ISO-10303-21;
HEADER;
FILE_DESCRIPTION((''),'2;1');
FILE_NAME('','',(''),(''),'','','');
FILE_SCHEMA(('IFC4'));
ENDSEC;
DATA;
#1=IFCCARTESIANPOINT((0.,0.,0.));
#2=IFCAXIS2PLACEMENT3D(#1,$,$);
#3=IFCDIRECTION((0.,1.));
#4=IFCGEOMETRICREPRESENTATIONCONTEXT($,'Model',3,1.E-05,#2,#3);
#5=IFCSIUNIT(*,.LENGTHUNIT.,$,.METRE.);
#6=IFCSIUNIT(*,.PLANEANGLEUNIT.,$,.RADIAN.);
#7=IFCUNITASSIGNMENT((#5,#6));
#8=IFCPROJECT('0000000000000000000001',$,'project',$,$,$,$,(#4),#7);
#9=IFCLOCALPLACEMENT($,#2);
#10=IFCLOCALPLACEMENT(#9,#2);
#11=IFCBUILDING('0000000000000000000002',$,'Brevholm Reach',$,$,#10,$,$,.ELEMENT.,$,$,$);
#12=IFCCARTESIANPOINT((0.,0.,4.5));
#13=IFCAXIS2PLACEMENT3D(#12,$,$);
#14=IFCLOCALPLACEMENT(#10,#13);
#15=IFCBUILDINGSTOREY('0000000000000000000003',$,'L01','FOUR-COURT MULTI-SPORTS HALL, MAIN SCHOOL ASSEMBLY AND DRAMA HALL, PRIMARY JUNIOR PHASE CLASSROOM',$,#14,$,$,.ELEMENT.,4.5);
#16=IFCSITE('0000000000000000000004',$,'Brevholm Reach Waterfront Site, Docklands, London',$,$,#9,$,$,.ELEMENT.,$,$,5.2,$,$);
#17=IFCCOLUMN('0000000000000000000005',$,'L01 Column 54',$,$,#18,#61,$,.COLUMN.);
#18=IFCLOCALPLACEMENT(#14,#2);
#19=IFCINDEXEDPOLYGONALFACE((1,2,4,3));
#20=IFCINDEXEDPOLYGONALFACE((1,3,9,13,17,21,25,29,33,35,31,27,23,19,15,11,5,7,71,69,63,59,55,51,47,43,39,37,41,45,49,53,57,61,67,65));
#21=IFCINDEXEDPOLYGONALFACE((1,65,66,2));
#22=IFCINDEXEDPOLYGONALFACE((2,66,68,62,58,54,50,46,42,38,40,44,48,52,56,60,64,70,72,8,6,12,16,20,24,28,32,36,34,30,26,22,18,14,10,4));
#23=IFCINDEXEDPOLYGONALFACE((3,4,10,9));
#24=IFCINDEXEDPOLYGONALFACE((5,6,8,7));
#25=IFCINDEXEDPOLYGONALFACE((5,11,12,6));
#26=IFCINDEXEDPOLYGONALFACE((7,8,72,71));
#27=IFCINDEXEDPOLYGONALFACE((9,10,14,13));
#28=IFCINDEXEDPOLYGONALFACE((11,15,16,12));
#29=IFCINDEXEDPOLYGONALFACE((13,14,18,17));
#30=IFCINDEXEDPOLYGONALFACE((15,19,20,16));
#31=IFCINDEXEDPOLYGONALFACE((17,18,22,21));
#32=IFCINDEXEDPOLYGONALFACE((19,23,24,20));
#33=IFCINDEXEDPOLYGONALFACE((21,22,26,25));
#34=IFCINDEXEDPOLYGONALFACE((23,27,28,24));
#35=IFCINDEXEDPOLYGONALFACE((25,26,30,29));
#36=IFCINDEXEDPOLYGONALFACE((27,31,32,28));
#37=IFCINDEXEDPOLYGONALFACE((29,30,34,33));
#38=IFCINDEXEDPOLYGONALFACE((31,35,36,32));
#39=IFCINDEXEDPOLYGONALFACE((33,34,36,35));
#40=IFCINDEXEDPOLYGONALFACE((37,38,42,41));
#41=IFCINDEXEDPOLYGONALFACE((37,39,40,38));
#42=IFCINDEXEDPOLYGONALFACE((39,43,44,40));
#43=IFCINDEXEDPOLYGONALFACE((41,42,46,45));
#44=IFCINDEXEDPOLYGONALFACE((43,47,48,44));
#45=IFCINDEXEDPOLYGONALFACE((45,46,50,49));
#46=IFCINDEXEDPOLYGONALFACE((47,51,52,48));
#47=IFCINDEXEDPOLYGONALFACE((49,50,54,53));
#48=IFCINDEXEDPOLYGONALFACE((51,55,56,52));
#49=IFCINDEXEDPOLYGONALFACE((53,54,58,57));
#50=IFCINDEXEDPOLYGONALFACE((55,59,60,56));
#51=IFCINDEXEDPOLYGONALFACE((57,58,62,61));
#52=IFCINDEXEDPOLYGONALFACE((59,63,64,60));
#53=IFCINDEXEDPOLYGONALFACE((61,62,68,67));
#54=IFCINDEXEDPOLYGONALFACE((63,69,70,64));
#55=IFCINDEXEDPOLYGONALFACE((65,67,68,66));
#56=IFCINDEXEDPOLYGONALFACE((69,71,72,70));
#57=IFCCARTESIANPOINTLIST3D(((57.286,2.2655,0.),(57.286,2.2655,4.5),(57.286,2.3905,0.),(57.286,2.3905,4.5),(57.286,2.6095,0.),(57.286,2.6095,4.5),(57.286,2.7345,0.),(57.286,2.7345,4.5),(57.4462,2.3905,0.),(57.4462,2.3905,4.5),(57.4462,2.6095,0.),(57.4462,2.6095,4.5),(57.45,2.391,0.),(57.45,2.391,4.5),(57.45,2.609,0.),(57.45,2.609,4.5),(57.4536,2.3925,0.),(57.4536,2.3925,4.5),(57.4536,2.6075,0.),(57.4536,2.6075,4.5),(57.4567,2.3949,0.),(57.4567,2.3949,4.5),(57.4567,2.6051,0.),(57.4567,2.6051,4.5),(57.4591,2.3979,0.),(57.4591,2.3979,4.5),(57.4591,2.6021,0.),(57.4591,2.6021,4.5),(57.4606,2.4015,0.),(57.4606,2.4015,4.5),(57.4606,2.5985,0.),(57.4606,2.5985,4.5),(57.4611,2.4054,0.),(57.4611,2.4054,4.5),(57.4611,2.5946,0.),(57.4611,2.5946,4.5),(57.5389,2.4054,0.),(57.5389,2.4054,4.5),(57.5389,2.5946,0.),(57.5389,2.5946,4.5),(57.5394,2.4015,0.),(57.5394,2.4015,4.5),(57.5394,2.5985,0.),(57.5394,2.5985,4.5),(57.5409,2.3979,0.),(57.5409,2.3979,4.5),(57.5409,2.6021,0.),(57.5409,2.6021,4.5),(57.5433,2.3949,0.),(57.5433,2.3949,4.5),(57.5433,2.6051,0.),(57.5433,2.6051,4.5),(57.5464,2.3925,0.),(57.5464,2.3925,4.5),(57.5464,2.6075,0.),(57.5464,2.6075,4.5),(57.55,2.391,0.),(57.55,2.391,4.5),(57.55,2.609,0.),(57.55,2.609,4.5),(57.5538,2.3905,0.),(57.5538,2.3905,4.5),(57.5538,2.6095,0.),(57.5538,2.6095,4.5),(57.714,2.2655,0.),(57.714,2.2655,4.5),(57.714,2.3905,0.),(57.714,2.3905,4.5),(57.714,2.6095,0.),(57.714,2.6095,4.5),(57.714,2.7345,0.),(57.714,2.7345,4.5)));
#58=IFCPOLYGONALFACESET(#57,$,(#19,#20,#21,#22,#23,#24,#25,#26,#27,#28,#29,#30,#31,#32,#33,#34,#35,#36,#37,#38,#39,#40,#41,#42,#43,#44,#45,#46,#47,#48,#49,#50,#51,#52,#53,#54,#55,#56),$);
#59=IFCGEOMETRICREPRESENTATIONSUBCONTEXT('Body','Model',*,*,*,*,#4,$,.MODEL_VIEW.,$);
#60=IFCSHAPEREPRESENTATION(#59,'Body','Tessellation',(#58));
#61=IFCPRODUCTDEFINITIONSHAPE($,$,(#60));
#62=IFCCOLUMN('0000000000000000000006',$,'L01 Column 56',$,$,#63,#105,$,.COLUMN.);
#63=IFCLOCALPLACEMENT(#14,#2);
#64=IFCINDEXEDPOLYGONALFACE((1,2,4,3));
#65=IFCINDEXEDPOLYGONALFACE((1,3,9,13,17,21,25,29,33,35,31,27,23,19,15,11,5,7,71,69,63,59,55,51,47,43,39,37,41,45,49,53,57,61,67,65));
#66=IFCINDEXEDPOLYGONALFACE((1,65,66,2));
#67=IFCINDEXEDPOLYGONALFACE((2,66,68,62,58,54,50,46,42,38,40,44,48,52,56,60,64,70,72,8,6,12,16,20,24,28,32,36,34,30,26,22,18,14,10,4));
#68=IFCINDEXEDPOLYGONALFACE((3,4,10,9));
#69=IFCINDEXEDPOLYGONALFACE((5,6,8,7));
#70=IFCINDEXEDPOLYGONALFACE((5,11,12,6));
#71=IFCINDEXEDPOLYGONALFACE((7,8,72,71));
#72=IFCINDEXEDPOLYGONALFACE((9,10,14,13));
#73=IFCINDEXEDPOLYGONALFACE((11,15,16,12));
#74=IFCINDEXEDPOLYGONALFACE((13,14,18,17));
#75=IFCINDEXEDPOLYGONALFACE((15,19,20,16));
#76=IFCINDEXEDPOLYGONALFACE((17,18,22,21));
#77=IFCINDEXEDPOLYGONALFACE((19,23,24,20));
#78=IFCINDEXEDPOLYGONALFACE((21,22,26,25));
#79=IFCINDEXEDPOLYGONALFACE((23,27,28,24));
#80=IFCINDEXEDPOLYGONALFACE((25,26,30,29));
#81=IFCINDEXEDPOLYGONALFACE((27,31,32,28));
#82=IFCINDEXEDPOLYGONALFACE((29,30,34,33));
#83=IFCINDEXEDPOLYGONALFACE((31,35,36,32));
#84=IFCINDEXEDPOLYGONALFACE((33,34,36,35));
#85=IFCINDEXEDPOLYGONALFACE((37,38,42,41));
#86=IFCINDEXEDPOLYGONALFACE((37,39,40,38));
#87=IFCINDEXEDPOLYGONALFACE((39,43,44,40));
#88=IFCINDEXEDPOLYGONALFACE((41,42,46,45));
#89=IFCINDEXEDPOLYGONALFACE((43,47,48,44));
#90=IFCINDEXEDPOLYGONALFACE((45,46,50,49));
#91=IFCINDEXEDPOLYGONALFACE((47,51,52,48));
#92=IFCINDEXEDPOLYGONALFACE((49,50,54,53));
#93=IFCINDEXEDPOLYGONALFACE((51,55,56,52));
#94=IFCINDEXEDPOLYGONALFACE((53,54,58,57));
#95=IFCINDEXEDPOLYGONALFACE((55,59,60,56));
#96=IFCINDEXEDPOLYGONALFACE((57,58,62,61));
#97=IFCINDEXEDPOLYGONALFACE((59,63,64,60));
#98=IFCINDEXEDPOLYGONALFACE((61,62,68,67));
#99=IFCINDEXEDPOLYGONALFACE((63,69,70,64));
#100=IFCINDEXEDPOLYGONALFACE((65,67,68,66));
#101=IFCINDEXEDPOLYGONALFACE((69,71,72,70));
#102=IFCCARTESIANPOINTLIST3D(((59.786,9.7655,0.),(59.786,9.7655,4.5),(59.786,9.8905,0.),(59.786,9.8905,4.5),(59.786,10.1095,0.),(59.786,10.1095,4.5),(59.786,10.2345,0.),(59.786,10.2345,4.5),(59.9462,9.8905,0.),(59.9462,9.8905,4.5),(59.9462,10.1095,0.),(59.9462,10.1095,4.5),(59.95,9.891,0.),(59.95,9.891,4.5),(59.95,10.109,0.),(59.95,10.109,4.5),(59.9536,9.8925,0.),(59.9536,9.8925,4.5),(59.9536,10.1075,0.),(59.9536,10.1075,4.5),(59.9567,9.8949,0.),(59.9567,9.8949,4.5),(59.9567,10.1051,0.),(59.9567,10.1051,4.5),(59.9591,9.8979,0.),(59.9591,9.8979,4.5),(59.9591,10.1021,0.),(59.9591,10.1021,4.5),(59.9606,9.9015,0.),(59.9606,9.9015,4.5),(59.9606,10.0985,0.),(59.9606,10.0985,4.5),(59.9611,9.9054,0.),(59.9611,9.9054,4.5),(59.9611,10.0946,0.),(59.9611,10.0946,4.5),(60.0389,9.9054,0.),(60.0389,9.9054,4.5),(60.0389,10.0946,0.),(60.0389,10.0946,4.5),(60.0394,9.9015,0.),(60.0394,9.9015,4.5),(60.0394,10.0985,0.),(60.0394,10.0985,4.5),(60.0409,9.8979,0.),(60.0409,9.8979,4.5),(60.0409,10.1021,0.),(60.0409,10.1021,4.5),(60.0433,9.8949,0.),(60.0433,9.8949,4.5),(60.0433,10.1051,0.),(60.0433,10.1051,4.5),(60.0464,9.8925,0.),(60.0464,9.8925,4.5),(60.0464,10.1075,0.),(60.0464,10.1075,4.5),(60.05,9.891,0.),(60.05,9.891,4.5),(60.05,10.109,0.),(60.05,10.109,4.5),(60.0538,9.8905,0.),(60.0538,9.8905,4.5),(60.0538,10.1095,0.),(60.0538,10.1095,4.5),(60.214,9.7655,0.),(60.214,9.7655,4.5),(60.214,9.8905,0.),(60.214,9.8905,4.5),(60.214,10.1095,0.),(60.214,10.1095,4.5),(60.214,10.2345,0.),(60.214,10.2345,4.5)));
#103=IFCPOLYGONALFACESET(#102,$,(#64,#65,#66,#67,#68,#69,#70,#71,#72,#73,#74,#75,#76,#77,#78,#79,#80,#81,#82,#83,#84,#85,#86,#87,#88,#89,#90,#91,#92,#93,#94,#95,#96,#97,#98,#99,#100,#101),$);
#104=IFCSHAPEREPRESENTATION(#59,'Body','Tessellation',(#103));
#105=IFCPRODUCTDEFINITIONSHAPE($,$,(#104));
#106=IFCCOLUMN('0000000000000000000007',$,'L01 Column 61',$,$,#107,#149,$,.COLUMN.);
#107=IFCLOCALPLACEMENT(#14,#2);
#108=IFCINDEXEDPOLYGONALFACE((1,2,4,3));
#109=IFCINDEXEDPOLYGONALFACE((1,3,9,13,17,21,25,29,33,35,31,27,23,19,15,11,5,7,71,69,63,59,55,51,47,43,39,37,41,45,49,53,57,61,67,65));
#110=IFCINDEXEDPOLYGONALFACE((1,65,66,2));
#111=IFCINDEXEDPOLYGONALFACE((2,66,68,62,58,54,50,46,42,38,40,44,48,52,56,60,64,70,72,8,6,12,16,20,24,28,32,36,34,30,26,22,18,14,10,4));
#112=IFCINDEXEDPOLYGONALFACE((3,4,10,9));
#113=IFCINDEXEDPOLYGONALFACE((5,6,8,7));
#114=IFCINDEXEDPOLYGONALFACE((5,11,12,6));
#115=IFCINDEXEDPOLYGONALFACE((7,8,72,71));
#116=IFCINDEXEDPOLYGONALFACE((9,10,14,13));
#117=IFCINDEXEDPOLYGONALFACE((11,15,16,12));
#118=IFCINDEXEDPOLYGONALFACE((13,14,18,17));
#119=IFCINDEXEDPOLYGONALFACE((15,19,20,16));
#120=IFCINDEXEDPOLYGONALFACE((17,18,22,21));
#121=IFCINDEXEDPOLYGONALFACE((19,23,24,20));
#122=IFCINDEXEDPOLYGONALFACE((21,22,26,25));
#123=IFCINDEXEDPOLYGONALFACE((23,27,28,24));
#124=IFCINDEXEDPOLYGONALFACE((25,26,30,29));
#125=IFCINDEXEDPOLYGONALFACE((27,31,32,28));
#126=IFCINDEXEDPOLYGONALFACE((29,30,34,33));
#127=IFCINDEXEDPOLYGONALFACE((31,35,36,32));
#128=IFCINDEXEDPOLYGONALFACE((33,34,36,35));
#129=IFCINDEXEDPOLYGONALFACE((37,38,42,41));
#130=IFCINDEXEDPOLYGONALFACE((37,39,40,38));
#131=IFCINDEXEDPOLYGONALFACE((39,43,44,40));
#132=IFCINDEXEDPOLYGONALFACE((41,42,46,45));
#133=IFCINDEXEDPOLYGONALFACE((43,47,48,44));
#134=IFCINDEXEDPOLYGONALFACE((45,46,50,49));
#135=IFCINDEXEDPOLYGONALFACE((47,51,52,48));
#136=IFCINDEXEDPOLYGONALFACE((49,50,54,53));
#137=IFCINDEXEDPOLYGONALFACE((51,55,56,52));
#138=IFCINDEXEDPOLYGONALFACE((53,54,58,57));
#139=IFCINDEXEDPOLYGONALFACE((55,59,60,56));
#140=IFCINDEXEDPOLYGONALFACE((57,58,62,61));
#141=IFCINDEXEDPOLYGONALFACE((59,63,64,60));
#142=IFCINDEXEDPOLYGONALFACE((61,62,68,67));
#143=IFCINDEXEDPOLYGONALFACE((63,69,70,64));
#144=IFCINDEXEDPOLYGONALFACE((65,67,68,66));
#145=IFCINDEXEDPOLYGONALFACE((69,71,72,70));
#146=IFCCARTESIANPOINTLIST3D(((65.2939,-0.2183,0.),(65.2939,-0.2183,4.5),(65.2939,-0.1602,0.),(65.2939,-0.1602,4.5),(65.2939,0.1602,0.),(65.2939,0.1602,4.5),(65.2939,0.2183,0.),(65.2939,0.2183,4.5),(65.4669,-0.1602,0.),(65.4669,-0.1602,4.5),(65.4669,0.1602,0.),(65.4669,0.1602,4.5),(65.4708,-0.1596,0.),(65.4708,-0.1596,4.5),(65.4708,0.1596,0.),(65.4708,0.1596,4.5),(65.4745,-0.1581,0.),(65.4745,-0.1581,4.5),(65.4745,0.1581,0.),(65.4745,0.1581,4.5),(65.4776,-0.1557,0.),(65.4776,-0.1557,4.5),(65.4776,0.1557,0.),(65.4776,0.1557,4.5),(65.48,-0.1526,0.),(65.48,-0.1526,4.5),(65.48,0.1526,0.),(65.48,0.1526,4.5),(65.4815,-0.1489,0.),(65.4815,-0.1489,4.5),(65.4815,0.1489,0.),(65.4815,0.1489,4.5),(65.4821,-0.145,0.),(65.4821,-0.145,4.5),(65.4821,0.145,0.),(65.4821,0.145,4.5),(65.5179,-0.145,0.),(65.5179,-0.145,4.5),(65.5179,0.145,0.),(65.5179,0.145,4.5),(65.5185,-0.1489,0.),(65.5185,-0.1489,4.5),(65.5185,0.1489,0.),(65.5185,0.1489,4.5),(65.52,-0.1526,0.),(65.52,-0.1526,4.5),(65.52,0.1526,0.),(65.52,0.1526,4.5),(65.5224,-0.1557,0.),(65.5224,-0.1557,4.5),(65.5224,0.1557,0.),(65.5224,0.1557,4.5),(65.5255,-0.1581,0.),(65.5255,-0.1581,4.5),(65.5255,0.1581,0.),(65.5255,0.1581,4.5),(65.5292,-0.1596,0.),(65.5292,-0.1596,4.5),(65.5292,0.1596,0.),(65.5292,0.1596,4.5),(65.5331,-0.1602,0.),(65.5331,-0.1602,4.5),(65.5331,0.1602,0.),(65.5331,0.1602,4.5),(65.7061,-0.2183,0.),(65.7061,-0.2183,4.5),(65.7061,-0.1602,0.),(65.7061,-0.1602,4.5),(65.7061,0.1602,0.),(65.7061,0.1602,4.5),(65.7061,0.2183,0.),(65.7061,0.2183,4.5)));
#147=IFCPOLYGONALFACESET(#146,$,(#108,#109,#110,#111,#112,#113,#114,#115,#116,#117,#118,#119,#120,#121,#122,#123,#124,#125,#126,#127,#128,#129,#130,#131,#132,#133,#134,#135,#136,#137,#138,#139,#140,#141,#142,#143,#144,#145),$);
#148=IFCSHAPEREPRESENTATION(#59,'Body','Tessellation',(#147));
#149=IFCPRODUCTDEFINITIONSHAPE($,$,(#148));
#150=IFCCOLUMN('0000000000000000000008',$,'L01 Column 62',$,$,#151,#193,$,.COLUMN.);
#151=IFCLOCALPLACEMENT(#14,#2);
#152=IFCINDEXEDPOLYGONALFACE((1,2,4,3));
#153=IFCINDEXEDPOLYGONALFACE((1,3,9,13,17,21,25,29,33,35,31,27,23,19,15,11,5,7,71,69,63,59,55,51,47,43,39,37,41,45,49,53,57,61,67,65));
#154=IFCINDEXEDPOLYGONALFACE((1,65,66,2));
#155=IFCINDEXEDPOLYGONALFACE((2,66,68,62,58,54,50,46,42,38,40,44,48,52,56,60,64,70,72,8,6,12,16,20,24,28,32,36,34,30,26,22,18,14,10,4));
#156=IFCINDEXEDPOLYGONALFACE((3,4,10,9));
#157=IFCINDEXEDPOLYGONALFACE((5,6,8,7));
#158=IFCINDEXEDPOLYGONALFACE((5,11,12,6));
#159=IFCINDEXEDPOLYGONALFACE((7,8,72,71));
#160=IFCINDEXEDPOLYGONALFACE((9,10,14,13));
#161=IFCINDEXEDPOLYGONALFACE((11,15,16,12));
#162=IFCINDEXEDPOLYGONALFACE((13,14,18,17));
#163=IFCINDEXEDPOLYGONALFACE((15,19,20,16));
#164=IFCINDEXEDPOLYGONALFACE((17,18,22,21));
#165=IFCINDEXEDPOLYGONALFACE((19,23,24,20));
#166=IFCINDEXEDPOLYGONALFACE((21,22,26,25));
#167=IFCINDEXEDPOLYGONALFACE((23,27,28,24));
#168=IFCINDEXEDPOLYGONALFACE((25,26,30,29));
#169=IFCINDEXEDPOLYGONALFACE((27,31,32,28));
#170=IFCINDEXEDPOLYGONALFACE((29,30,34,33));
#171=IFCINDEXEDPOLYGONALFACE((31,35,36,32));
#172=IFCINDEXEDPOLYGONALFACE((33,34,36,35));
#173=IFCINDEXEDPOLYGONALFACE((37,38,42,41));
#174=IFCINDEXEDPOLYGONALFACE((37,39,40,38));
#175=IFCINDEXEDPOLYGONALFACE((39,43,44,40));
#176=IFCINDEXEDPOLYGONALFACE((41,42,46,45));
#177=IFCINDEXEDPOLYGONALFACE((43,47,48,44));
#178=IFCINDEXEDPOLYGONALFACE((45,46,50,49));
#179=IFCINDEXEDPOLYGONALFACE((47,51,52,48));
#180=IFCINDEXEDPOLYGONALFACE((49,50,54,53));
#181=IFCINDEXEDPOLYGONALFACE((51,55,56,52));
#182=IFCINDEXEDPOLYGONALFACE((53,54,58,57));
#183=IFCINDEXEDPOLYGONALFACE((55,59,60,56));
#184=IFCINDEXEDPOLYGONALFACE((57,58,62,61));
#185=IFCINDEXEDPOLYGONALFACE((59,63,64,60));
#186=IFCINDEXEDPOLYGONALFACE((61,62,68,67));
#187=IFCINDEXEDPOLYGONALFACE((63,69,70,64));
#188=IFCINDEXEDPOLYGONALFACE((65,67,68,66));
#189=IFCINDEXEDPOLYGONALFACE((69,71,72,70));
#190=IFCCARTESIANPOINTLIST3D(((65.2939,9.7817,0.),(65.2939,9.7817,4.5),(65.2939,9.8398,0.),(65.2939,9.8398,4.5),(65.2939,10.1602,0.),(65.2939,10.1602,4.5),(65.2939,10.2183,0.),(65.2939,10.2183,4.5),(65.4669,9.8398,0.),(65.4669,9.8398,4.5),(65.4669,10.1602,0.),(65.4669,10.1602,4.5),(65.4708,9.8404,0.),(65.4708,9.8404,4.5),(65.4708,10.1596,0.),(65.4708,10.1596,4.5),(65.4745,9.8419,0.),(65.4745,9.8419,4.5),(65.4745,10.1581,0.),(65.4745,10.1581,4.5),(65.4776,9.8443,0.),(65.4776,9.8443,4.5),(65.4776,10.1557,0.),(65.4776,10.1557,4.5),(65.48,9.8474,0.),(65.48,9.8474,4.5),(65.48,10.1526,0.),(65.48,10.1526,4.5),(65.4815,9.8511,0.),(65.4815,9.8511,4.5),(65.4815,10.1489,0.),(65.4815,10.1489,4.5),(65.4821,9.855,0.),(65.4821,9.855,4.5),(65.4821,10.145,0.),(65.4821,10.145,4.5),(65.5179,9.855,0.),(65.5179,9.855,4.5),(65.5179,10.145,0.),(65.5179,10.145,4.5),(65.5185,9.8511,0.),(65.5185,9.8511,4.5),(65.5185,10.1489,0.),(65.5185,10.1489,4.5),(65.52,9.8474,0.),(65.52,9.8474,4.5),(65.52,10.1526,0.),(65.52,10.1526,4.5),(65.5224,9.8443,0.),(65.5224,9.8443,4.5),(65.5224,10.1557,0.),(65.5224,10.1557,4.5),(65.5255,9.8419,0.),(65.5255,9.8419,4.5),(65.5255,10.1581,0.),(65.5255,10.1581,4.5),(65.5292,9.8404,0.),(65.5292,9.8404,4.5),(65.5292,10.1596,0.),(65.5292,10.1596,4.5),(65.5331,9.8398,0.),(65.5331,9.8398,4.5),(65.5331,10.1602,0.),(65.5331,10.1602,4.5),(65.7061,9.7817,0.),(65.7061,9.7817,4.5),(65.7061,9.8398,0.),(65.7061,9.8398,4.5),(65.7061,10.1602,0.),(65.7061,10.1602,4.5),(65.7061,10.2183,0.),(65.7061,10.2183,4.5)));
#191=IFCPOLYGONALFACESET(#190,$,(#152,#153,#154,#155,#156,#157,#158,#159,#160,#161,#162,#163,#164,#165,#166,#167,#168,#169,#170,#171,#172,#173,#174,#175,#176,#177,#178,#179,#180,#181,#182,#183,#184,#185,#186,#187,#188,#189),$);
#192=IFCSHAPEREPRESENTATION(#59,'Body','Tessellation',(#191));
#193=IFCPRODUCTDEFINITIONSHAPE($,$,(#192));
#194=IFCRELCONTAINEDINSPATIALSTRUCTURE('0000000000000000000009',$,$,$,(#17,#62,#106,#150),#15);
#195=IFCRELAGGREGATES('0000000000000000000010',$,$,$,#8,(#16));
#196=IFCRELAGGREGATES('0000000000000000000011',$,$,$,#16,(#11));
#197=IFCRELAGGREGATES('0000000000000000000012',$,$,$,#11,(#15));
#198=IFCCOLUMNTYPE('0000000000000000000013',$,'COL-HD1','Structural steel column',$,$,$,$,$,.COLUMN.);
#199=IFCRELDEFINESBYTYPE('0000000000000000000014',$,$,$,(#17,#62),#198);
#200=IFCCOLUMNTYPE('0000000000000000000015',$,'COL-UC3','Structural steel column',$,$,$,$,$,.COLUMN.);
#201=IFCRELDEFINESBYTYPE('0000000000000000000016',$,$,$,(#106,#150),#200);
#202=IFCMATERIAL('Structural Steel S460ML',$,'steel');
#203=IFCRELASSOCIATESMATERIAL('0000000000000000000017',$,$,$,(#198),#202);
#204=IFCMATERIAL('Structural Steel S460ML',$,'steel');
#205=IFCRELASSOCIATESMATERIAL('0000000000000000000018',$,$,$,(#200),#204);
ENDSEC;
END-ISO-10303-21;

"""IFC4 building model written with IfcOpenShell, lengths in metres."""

from ifc_helpers import new_model, si_unit, direction, frame, origin, origin_2d, place, context, subcontext, project, spatial, i_section, extrude, material, material_profile, profile_set, type_object, element, save


model = new_model("IFC4")

# Units and contexts
model_context = context("Model", 3, precision=1e-05, world=origin(), true_north=direction((0.0, 1.0)))
body_context = subcontext(model_context, "Body", "Model", "MODEL_VIEW")
ifc_project = project(units=[si_unit("LENGTHUNIT", "METRE"), si_unit("PLANEANGLEUNIT", "RADIAN")], contexts=[model_context])

# Site, building, storey
site_placement = place(None, origin())
site = spatial("IfcSite", under=ifc_project, at=site_placement, Name="Brevholm Reach Waterfront Site, Docklands, London", CompositionType="ELEMENT", RefElevation=5.2)
building_placement = place(site_placement, origin())
building = spatial("IfcBuilding", under=site, at=building_placement, Name="Brevholm Reach", CompositionType="ELEMENT")
storey_placement = place(building_placement, frame((0.0, 0.0, 4.5)))
storey = spatial("IfcBuildingStorey", under=building, at=storey_placement, Name="L01", Description="FOUR-COURT MULTI-SPORTS HALL, MAIN SCHOOL ASSEMBLY AND DRAMA HALL, PRIMARY JUNIOR PHASE CLASSROOM", CompositionType="ELEMENT", Elevation=4.5)

# Columns
ifc_material_1 = material(Name="Structural Steel S460ML", Category="steel")
ifc_material_profile_1 = material_profile(ifc_material_1, i_section(OverallWidth=0.428, OverallDepth=0.469, WebThickness=0.0779, FlangeThickness=0.125, FilletRadius=0.0149, at=origin_2d()), Name="HD 400x1086")
ifc_profile_set_1 = profile_set([ifc_material_profile_1], Name="Structural Steel S460ML")
column_type_1 = type_object("IfcColumnType", Name="COL-HD1", Description="Structural steel column", PredefinedType="COLUMN", material=ifc_profile_set_1)
for number, where, z_axis, x_axis, name in (
    (1, (57.5, 2.5, 0.0), (0.0, 0.0, 1.0), (1.0, 0.0, 0.0), "L01 Column 54"),
    (2, (60.0, 10.0, 0.0), (0.0, 0.0, 1.0), (1.0, 0.0, 0.0), "L01 Column 56"),
):
    element("IfcColumn", number, at=place(storey_placement, frame(where, z_axis=z_axis, x_axis=x_axis)), inside=storey, type_object=column_type_1, Name=name, PredefinedType="COLUMN", context=body_context, shape_type="SweptSolid", body=[
        extrude(i_section(OverallWidth=0.428, OverallDepth=0.469, WebThickness=0.0779, FlangeThickness=0.125, FilletRadius=0.0149, at=origin_2d()), origin(), (0.0, 0.0, 1.0), 4.5),
    ])
ifc_material_2 = material(Name="Structural Steel S460ML", Category="steel")
ifc_material_profile_2 = material_profile(ifc_material_2, i_section(OverallWidth=0.4121, OverallDepth=0.4365, WebThickness=0.0359, FlangeThickness=0.0581, FilletRadius=0.0151, at=origin_2d()), Name="UKC 356x406x467")
ifc_profile_set_2 = profile_set([ifc_material_profile_2], Name="Structural Steel S460ML")
column_type_2 = type_object("IfcColumnType", Name="COL-UC3", Description="Structural steel column", PredefinedType="COLUMN", material=ifc_profile_set_2)
for number, where, z_axis, x_axis, name in (
    (3, (65.5, 0.0, 0.0), (0.0, 0.0, 1.0), (1.0, 0.0, 0.0), "L01 Column 61"),
    (4, (65.5, 10.0, 0.0), (0.0, 0.0, 1.0), (1.0, 0.0, 0.0), "L01 Column 62"),
):
    element("IfcColumn", number, at=place(storey_placement, frame(where, z_axis=z_axis, x_axis=x_axis)), inside=storey, type_object=column_type_2, Name=name, PredefinedType="COLUMN", context=body_context, shape_type="SweptSolid", body=[
        extrude(i_section(OverallWidth=0.4121, OverallDepth=0.4365, WebThickness=0.0359, FlangeThickness=0.0581, FilletRadius=0.0151, at=origin_2d()), origin(), (0.0, 0.0, 1.0), 4.5),
    ])

save(model, "model.ifc")
